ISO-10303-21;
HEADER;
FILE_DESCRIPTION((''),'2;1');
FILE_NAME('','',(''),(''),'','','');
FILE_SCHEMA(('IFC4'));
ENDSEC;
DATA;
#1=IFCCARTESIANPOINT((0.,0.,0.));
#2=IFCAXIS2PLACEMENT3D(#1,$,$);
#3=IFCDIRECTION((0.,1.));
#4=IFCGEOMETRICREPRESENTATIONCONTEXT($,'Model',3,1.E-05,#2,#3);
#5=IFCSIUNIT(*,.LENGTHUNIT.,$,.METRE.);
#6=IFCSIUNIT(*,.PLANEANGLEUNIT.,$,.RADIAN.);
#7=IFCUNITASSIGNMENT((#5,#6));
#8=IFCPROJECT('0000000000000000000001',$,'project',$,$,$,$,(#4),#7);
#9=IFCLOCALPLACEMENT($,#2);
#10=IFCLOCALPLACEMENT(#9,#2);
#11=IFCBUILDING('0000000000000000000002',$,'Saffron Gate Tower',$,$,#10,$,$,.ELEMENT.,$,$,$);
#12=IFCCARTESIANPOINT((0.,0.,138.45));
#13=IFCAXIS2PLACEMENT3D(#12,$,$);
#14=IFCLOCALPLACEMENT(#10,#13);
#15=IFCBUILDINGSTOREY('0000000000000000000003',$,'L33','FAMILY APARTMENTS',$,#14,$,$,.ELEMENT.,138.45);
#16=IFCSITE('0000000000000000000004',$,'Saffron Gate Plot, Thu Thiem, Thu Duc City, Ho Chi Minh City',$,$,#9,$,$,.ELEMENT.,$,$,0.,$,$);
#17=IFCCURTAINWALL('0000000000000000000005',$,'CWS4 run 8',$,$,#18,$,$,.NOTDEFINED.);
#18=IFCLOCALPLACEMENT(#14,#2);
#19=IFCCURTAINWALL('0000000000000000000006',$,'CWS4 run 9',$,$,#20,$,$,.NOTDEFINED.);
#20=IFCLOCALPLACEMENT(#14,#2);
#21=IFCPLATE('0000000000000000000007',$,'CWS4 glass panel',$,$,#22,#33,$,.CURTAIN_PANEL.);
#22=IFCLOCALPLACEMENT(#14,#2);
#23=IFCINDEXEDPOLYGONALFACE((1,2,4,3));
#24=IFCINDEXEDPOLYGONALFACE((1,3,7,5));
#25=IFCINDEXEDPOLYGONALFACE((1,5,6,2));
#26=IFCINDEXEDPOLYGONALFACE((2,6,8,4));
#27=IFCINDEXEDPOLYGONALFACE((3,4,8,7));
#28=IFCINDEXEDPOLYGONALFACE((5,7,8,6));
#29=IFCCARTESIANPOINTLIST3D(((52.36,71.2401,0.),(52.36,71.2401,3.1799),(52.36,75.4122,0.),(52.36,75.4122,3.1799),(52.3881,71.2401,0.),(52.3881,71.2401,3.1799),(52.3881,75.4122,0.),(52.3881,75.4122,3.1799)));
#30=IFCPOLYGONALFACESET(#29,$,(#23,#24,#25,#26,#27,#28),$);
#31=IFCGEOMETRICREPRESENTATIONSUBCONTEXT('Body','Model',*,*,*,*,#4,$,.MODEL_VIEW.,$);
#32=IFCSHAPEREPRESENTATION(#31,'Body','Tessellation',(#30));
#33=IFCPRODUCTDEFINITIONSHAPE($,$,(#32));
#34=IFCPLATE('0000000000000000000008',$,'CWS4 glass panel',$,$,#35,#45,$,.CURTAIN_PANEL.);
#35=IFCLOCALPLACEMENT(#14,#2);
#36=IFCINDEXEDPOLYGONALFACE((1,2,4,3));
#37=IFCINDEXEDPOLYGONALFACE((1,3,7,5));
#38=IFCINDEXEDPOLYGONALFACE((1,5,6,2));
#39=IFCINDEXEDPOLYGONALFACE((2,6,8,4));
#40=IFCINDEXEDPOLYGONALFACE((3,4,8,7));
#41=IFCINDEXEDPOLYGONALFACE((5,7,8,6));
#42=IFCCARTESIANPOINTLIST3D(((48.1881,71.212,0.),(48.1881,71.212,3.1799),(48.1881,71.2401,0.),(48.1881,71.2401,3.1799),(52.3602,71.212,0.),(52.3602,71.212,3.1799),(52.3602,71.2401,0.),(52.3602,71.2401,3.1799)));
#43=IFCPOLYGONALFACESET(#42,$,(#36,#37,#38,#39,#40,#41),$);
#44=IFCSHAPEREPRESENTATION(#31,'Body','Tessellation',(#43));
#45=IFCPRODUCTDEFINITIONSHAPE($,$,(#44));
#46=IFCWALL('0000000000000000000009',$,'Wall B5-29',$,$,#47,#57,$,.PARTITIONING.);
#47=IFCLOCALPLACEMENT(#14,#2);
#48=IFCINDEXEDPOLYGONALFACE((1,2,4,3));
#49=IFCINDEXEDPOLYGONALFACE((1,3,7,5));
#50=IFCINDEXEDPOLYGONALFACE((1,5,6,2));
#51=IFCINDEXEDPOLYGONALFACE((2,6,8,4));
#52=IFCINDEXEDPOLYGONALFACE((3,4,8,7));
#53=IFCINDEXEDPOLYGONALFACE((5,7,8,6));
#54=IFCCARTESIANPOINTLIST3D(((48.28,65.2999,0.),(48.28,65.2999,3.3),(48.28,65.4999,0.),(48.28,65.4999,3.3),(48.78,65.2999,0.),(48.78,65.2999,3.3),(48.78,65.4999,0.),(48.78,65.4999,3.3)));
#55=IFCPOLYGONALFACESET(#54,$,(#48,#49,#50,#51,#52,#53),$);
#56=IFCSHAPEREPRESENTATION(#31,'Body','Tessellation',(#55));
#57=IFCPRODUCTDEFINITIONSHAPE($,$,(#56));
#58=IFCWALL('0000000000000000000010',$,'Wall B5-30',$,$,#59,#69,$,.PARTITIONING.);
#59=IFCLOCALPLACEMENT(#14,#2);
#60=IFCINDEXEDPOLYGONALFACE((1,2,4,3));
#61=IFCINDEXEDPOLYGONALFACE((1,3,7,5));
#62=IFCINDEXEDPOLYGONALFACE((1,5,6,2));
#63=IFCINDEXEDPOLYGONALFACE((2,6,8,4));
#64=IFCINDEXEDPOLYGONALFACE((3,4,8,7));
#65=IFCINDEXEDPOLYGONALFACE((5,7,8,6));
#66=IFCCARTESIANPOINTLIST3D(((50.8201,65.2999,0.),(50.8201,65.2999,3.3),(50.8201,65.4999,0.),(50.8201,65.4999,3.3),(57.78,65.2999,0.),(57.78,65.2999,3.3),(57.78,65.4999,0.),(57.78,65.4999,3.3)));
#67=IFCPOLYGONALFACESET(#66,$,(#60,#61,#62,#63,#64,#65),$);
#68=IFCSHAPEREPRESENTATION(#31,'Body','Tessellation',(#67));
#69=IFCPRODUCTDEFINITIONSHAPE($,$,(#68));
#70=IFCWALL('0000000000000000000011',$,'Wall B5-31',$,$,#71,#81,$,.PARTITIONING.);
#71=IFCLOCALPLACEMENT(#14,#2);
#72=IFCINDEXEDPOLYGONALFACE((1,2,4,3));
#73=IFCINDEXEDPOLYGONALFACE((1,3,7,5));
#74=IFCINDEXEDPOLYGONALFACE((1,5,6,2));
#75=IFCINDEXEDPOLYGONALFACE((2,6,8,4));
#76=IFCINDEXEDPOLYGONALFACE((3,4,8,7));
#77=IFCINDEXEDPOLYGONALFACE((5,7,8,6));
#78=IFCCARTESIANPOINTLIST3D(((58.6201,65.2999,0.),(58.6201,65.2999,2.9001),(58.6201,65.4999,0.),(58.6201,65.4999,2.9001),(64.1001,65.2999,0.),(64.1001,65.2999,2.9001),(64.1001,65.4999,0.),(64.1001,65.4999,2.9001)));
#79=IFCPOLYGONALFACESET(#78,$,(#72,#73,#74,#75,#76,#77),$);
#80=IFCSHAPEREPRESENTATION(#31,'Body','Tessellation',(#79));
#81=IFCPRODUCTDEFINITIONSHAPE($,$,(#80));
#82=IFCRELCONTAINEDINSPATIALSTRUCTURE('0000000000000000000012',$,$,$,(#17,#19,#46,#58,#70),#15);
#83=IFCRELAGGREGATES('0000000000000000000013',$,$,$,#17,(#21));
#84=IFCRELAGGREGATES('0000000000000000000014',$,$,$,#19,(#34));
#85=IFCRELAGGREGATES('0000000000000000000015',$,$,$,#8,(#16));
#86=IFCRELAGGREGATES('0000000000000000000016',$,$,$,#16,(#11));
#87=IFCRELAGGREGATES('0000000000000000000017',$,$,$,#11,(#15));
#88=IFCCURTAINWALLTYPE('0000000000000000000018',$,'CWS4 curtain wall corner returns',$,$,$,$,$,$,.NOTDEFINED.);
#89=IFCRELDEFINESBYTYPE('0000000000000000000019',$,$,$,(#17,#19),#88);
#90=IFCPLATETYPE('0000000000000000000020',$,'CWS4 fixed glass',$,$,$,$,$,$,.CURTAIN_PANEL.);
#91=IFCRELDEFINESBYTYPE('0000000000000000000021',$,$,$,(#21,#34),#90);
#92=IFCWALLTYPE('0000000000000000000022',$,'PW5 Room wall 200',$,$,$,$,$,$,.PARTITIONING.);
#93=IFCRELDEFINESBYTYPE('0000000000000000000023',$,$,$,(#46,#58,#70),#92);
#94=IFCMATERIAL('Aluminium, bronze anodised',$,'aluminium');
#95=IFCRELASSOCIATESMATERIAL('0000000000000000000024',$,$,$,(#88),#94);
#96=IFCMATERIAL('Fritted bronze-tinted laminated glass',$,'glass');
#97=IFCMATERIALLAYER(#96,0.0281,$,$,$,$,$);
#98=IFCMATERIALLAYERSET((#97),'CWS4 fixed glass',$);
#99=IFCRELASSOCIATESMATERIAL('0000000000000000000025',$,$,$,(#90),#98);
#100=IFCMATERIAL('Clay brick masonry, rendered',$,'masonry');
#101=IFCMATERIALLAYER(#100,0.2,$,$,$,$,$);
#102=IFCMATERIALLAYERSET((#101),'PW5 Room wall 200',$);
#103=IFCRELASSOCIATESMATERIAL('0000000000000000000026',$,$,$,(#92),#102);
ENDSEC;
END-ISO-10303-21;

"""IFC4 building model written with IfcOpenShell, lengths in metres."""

from ifc_helpers import new_model, si_unit, direction, frame, frame_2d, origin, place, context, subcontext, project, spatial, rectangle, extrude, material, layer, layer_set, type_object, element, aggregate, save


model = new_model("IFC4")

# Units and contexts
model_context = context("Model", 3, precision=1e-05, world=origin(), true_north=direction((0.0, 1.0)))
body_context = subcontext(model_context, "Body", "Model", "MODEL_VIEW")
ifc_project = project(units=[si_unit("LENGTHUNIT", "METRE"), si_unit("PLANEANGLEUNIT", "RADIAN")], contexts=[model_context])

# Site, building, storey
site_placement = place(None, origin())
site = spatial("IfcSite", under=ifc_project, at=site_placement, Name="Saffron Gate Plot, Thu Thiem, Thu Duc City, Ho Chi Minh City", CompositionType="ELEMENT", RefElevation=0.0)
building_placement = place(site_placement, origin())
building = spatial("IfcBuilding", under=site, at=building_placement, Name="Saffron Gate Tower", CompositionType="ELEMENT")
storey_placement = place(building_placement, frame((0.0, 0.0, 138.45)))
storey = spatial("IfcBuildingStorey", under=building, at=storey_placement, Name="L33", Description="FAMILY APARTMENTS", CompositionType="ELEMENT", Elevation=138.45)

# Shared definitions
ifc_material_1 = material(Name="Aluminium, bronze anodised", Category="aluminium")

# Curtain walls
curtain_wall_type_1 = type_object("IfcCurtainWallType", Name="CWS4 curtain wall corner returns", PredefinedType="NOTDEFINED", material=ifc_material_1)
curtain_wall_1_placement = place(storey_placement, origin())
curtain_wall_1 = element("IfcCurtainWall", 1, at=curtain_wall_1_placement, inside=storey, type_object=curtain_wall_type_1, Name="CWS4 run 8", PredefinedType="NOTDEFINED")
curtain_wall_2_placement = place(storey_placement, origin())
curtain_wall_2 = element("IfcCurtainWall", 2, at=curtain_wall_2_placement, inside=storey, type_object=curtain_wall_type_1, Name="CWS4 run 9", PredefinedType="NOTDEFINED")

# Shared definitions
ifc_material_2 = material(Name="Fritted bronze-tinted laminated glass", Category="glass")

# Plates
ifc_layer_1 = layer(ifc_material_2, 0.0281)
ifc_layer_set_1 = layer_set([ifc_layer_1], Name="CWS4 fixed glass")
plate_type_1 = type_object("IfcPlateType", Name="CWS4 fixed glass", PredefinedType="CURTAIN_PANEL", material=ifc_layer_set_1)
plate_1_placement = place(storey_placement, frame((52.374, 75.4121, 0.0), z_axis=(0.0, 0.0, 1.0), x_axis=(0.0, -1.0, 0.0)))
plate_1 = element("IfcPlate", 3, at=plate_1_placement, type_object=plate_type_1, Name="CWS4 glass panel", PredefinedType="CURTAIN_PANEL", context=body_context, shape_type="SweptSolid", body=[
    extrude(rectangle(XDim=4.1721, YDim=0.0281, at=frame_2d((2.0859, 0.0))), origin(), (0.0, 0.0, 1.0), 3.1799),
])
aggregate(curtain_wall_1, [plate_1])
plate_2_placement = place(storey_placement, frame((52.3601, 71.2261, 0.0), z_axis=(0.0, 0.0, 1.0), x_axis=(-1.0, 0.0, 0.0)))
plate_2 = element("IfcPlate", 4, at=plate_2_placement, type_object=plate_type_1, Name="CWS4 glass panel", PredefinedType="CURTAIN_PANEL", context=body_context, shape_type="SweptSolid", body=[
    extrude(rectangle(XDim=4.1721, YDim=0.0281, at=frame_2d((2.0859, 0.0))), origin(), (0.0, 0.0, 1.0), 3.1799),
])
aggregate(curtain_wall_2, [plate_2])

# Walls
ifc_material_3 = material(Name="Clay brick masonry, rendered", Category="masonry")
ifc_layer_2 = layer(ifc_material_3, 0.2)
ifc_layer_set_2 = layer_set([ifc_layer_2], Name="PW5 Room wall 200")
wall_type = type_object("IfcWallType", Name="PW5 Room wall 200", PredefinedType="PARTITIONING", material=ifc_layer_set_2)
wall_1_placement = place(storey_placement, frame((48.28, 65.3999, 0.0), z_axis=(0.0, 0.0, 1.0), x_axis=(1.0, 0.0, 0.0)))
element("IfcWall", 5, at=wall_1_placement, inside=storey, type_object=wall_type, Name="Wall B5-29", PredefinedType="PARTITIONING", context=body_context, shape_type="SweptSolid", body=[
    extrude(rectangle(XDim=0.5, YDim=0.2, at=frame_2d((0.25, 0.0))), origin(), (0.0, 0.0, 1.0), 3.3),
])
wall_2_placement = place(storey_placement, frame((50.8201, 65.3999, 0.0), z_axis=(0.0, 0.0, 1.0), x_axis=(1.0, 0.0, 0.0)))
element("IfcWall", 6, at=wall_2_placement, inside=storey, type_object=wall_type, Name="Wall B5-30", PredefinedType="PARTITIONING", context=body_context, shape_type="SweptSolid", body=[
    extrude(rectangle(XDim=6.96, YDim=0.2, at=frame_2d((3.48, 0.0))), origin(), (0.0, 0.0, 1.0), 3.3),
])
wall_3_placement = place(storey_placement, frame((58.6201, 65.3999, 0.0), z_axis=(0.0, 0.0, 1.0), x_axis=(1.0, 0.0, 0.0)))
element("IfcWall", 7, at=wall_3_placement, inside=storey, type_object=wall_type, Name="Wall B5-31", PredefinedType="PARTITIONING", context=body_context, shape_type="SweptSolid", body=[
    extrude(rectangle(XDim=5.48, YDim=0.2, at=frame_2d((2.74, 0.0))), origin(), (0.0, 0.0, 1.0), 2.9001),
])

save(model, "model.ifc")
